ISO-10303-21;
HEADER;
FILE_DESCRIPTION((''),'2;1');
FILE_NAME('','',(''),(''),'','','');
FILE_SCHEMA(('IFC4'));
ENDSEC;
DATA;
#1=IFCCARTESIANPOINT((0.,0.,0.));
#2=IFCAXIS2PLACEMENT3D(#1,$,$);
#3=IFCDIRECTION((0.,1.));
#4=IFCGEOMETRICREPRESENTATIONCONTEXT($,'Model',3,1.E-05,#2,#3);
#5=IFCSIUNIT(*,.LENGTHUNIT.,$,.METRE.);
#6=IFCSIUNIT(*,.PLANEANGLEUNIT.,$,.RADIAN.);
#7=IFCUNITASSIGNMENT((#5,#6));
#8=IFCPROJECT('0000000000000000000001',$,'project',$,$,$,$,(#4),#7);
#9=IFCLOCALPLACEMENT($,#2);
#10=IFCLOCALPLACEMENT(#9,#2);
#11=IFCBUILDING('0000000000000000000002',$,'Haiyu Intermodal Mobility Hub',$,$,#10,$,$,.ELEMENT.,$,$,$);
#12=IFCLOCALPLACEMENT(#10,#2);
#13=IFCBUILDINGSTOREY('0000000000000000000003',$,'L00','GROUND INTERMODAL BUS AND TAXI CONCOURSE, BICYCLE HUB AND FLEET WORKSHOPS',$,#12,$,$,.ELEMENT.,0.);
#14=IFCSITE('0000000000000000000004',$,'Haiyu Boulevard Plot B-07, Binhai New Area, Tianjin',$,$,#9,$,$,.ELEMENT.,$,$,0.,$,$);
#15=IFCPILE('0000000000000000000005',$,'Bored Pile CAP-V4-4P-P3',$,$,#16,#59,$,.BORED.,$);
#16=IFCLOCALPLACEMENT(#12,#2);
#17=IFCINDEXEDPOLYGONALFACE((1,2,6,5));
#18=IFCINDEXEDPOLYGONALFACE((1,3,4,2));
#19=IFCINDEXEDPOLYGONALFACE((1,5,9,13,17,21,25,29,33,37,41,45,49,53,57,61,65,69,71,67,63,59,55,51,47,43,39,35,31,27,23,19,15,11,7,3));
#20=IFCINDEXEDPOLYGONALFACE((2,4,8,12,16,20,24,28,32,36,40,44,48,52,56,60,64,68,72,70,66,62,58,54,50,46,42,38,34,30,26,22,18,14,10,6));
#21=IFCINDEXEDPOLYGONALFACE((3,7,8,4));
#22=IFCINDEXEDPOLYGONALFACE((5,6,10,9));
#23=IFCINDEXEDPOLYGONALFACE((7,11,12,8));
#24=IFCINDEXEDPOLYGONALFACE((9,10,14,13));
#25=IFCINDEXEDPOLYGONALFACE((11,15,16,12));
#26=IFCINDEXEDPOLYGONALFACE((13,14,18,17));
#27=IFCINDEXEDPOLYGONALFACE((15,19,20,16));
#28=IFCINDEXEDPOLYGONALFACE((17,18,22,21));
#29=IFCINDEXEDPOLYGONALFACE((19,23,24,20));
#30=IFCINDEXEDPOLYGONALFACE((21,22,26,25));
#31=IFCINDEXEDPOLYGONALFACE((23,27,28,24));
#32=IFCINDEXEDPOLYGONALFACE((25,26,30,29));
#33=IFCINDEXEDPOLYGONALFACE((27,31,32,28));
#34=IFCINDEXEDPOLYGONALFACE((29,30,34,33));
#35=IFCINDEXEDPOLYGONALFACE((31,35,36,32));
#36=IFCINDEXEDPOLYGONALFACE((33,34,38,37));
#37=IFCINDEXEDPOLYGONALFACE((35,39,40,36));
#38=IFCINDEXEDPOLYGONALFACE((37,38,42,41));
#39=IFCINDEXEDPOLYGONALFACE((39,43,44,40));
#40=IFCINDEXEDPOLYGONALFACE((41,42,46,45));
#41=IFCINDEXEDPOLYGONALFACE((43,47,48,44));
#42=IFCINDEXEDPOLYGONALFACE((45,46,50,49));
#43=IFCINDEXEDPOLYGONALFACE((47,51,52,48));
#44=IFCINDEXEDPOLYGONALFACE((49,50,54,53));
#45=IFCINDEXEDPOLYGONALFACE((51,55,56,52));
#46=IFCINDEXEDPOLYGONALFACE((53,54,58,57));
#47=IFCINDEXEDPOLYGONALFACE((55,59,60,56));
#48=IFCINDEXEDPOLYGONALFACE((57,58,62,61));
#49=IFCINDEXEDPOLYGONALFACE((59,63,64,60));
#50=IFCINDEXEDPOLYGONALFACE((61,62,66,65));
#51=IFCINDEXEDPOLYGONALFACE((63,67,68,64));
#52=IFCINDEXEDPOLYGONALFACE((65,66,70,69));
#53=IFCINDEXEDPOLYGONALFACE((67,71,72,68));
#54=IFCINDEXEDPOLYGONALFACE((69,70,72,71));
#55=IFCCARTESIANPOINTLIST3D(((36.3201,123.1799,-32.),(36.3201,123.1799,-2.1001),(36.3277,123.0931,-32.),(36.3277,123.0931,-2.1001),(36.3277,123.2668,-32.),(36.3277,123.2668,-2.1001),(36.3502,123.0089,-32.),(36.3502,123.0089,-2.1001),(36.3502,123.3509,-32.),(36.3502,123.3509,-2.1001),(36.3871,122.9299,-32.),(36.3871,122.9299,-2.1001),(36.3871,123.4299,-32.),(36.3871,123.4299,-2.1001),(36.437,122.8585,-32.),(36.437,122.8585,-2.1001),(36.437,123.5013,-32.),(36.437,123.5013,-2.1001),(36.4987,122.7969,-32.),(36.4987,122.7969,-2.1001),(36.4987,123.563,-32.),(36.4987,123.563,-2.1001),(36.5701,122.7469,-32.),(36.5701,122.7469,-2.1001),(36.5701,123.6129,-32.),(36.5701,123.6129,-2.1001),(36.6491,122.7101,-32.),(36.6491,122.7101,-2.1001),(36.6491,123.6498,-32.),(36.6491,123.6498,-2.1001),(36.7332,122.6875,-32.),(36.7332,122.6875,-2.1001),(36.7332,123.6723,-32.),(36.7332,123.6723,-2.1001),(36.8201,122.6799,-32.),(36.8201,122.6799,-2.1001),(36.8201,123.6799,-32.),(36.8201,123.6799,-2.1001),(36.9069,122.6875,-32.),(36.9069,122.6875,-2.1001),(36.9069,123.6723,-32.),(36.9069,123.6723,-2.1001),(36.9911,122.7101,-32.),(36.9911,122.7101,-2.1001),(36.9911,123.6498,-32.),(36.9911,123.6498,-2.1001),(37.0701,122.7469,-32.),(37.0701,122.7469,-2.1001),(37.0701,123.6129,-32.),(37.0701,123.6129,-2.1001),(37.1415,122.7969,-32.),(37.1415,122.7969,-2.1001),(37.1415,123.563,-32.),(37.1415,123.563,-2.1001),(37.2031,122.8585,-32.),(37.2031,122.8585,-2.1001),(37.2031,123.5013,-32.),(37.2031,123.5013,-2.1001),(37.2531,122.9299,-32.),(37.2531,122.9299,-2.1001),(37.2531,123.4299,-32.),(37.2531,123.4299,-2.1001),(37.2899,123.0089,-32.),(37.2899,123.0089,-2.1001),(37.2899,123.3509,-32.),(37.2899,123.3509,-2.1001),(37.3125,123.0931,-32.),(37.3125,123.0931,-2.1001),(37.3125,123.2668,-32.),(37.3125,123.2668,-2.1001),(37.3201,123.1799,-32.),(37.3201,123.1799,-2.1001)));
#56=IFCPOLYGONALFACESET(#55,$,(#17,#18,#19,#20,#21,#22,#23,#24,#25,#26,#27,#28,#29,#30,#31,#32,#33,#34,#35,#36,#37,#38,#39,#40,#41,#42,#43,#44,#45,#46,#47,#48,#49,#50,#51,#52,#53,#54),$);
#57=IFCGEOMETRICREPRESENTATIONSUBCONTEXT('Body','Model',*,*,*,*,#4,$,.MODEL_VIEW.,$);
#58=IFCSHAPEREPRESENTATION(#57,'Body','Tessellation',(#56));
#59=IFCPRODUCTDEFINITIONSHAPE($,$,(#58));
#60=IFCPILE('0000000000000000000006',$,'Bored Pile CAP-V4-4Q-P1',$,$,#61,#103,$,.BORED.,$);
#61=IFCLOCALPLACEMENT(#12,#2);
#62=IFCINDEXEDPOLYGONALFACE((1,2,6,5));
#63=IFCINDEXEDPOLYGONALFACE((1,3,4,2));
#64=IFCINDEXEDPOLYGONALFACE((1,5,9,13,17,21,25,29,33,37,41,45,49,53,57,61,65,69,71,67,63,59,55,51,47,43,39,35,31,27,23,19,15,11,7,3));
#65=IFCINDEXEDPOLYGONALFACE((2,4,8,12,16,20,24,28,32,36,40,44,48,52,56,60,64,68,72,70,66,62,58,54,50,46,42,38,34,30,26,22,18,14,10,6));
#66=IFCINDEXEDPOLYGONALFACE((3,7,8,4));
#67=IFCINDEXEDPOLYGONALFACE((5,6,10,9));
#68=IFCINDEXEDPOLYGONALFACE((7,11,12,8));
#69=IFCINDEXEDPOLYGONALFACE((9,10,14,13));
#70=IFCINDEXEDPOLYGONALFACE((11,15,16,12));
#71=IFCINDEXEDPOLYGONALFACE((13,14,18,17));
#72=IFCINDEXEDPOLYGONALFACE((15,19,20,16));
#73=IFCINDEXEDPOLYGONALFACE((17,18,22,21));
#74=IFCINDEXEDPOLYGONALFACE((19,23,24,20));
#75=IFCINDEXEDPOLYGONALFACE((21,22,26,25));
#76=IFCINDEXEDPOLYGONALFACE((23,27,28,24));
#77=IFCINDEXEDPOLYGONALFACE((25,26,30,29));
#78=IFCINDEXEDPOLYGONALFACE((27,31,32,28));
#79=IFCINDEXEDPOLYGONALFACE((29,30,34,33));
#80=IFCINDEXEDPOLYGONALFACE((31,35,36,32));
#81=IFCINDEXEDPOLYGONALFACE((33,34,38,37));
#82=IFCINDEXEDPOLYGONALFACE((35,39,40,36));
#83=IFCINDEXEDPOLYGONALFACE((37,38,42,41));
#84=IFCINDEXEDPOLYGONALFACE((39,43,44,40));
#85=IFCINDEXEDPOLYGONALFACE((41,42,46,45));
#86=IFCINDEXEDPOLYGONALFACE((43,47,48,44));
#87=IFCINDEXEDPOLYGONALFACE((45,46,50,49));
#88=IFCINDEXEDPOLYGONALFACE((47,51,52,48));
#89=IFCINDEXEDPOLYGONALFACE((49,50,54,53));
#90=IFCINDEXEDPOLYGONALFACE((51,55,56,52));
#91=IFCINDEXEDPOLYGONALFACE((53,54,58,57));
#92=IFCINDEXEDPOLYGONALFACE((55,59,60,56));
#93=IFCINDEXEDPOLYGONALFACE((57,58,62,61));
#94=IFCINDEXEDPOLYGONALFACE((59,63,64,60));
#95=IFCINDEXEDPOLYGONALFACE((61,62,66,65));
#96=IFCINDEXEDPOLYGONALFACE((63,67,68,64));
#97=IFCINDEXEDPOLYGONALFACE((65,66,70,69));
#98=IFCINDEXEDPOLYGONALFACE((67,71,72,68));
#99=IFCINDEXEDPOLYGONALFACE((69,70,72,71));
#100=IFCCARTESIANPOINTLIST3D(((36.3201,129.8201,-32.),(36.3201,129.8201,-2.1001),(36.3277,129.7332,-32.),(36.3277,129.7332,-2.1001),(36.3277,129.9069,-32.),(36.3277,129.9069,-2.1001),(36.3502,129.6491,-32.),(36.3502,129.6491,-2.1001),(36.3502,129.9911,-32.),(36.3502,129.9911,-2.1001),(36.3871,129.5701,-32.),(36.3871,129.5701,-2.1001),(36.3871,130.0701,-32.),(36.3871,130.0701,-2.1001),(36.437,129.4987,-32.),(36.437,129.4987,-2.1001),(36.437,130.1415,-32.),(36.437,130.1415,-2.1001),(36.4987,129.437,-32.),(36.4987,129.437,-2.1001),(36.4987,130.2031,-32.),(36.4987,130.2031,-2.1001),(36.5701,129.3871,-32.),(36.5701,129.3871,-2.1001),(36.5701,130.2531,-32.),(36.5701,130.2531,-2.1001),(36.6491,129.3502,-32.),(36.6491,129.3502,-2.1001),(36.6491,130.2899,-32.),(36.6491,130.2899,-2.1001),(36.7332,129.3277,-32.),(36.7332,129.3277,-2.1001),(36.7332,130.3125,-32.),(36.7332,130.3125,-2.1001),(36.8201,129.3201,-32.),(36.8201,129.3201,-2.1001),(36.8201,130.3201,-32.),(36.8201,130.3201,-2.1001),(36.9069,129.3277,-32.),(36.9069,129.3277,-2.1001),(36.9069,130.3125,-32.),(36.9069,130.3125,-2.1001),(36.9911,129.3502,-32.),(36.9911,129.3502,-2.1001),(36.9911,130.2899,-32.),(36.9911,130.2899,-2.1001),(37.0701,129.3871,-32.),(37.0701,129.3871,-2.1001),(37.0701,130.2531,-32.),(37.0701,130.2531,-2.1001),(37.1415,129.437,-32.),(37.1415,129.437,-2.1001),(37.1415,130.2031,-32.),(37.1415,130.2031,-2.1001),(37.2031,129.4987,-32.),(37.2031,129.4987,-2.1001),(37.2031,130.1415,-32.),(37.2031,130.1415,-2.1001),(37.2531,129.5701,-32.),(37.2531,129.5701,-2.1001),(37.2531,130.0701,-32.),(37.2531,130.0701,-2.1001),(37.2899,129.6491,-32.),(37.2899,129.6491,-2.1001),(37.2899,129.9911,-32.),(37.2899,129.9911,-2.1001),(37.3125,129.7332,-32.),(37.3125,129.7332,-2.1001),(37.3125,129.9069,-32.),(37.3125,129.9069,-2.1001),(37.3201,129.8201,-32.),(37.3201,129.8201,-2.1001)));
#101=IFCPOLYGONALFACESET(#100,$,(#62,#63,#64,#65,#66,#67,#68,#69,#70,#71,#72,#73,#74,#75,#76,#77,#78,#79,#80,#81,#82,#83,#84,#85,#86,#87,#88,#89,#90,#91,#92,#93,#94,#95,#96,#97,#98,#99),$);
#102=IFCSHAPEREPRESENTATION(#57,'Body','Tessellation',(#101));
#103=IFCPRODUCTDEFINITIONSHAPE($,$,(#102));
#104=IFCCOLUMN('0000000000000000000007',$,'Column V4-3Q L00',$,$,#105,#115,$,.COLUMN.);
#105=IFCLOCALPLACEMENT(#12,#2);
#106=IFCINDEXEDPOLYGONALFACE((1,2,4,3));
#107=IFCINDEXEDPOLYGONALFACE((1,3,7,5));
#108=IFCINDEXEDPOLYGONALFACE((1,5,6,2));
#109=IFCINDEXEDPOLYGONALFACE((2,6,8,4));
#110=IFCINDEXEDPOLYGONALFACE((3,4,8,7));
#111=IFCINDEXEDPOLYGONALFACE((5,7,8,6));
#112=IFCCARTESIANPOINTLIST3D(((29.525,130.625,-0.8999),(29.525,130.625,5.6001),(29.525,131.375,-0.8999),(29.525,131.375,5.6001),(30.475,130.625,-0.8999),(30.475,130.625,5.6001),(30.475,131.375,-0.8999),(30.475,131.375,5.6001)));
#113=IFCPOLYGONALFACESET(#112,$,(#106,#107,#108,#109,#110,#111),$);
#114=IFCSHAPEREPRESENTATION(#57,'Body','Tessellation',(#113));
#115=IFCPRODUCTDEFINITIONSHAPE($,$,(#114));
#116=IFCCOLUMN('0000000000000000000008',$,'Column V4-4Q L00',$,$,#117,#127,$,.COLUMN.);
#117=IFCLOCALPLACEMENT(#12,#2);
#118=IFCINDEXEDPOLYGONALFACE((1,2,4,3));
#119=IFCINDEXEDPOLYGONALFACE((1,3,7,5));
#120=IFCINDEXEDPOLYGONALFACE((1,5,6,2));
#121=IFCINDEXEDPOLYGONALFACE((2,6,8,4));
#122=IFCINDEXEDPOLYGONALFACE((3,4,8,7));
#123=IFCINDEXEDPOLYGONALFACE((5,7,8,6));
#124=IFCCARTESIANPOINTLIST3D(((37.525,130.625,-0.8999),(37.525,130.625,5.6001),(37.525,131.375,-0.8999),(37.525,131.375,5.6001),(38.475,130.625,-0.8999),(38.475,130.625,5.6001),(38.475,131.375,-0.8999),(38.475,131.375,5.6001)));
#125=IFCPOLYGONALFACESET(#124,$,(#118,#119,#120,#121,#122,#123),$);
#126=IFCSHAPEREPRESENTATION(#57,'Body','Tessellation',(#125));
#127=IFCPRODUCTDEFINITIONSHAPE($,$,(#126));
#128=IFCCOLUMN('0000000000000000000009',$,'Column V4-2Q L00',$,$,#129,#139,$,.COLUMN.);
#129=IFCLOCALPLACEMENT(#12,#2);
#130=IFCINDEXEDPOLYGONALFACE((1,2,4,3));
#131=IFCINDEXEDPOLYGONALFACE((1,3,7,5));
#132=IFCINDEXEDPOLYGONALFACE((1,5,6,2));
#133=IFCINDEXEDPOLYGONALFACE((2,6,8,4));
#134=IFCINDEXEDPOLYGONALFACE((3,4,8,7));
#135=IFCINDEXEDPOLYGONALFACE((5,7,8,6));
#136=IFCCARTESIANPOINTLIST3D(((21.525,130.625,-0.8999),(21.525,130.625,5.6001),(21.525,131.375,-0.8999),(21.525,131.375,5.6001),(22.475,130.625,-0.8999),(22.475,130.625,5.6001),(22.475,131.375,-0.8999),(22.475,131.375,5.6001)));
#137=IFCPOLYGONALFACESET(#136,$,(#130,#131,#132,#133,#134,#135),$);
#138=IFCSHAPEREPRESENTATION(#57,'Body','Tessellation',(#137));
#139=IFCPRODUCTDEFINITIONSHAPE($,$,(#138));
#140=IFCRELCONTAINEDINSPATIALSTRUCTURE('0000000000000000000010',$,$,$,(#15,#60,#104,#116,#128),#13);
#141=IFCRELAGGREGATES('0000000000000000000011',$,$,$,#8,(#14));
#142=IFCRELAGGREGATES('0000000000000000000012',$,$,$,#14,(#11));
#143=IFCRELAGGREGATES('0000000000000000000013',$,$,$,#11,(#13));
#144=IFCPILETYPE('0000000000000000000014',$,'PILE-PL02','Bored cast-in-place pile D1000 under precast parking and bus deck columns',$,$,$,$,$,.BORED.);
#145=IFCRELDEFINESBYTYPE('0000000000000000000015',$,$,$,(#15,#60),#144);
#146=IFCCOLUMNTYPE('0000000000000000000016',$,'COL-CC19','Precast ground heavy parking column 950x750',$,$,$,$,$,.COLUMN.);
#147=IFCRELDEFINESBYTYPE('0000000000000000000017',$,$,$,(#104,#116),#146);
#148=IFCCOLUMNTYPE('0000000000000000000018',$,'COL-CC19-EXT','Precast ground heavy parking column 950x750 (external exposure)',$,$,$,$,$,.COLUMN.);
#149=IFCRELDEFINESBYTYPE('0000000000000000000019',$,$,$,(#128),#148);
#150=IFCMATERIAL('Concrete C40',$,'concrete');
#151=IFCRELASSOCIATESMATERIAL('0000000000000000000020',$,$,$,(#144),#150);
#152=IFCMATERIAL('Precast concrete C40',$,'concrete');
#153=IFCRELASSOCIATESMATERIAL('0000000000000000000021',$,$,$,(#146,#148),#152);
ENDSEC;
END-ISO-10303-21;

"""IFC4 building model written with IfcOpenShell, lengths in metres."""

from ifc_helpers import new_model, si_unit, direction, frame, origin, origin_2d, place, context, subcontext, project, spatial, rectangle, circle, extrude, material, material_profile, profile_set, type_object, element, save


model = new_model("IFC4")

# Units and contexts
model_context = context("Model", 3, precision=1e-05, world=origin(), true_north=direction((0.0, 1.0)))
body_context = subcontext(model_context, "Body", "Model", "MODEL_VIEW")
ifc_project = project(units=[si_unit("LENGTHUNIT", "METRE"), si_unit("PLANEANGLEUNIT", "RADIAN")], contexts=[model_context])

# Site, building, storey
site_placement = place(None, origin())
site = spatial("IfcSite", under=ifc_project, at=site_placement, Name="Haiyu Boulevard Plot B-07, Binhai New Area, Tianjin", CompositionType="ELEMENT", RefElevation=0.0)
building_placement = place(site_placement, origin())
building = spatial("IfcBuilding", under=site, at=building_placement, Name="Haiyu Intermodal Mobility Hub", CompositionType="ELEMENT")
storey_placement = place(building_placement, origin())
storey = spatial("IfcBuildingStorey", under=building, at=storey_placement, Name="L00", Description="GROUND INTERMODAL BUS AND TAXI CONCOURSE, BICYCLE HUB AND FLEET WORKSHOPS", CompositionType="ELEMENT", Elevation=0.0)

# Shared definitions
ifc_material_1 = material(Name="Concrete C40", Category="concrete")

# Piles
ifc_material_profile_1 = material_profile(ifc_material_1, circle(Radius=0.5, at=origin_2d()), Name="PILE-D1000")
ifc_profile_set_1 = profile_set([ifc_material_profile_1], Name="Concrete C40")
pile_type = type_object("IfcPileType", Name="PILE-PL02", Description="Bored cast-in-place pile D1000 under precast parking and bus deck columns", PredefinedType="BORED", material=ifc_profile_set_1)
for number, where, z_axis, x_axis, name in (
    (1, (36.8201, 123.1799, -2.1001), (0.0, 0.0, -1.0), (1.0, 0.0, 0.0), "Bored Pile CAP-V4-4P-P3"),
    (2, (36.8201, 129.8201, -2.1001), (0.0, 0.0, -1.0), (1.0, 0.0, 0.0), "Bored Pile CAP-V4-4Q-P1"),
):
    element("IfcPile", number, at=place(storey_placement, frame(where, z_axis=z_axis, x_axis=x_axis)), inside=storey, type_object=pile_type, Name=name, PredefinedType="BORED", context=body_context, shape_type="SweptSolid", body=[
        extrude(circle(Radius=0.5, at=origin_2d()), origin(), (0.0, 0.0, 1.0), 29.8999),
    ])

# Columns
ifc_material_2 = material(Name="Precast concrete C40", Category="concrete")
ifc_material_profile_2 = material_profile(ifc_material_2, rectangle(XDim=0.95, YDim=0.75, at=origin_2d()), Name="C950x750")
ifc_profile_set_2 = profile_set([ifc_material_profile_2], Name="Precast concrete C40")
column_type_1 = type_object("IfcColumnType", Name="COL-CC19", Description="Precast ground heavy parking column 950x750", PredefinedType="COLUMN", material=ifc_profile_set_2)
for number, where, z_axis, x_axis, name in (
    (3, (30.0, 131.0, -0.8999), (0.0, 0.0, 1.0), (1.0, 0.0, 0.0), "Column V4-3Q L00"),
    (4, (38.0, 131.0, -0.8999), (0.0, 0.0, 1.0), (1.0, 0.0, 0.0), "Column V4-4Q L00"),
):
    element("IfcColumn", number, at=place(storey_placement, frame(where, z_axis=z_axis, x_axis=x_axis)), inside=storey, type_object=column_type_1, Name=name, PredefinedType="COLUMN", context=body_context, shape_type="SweptSolid", body=[
        extrude(rectangle(XDim=0.95, YDim=0.75, at=origin_2d()), origin(), (0.0, 0.0, 1.0), 6.5),
    ])
ifc_material_profile_3 = material_profile(ifc_material_2, rectangle(XDim=0.95, YDim=0.75, at=origin_2d()), Name="C950x750")
ifc_profile_set_3 = profile_set([ifc_material_profile_3], Name="Precast concrete C40")
column_type_2 = type_object("IfcColumnType", Name="COL-CC19-EXT", Description="Precast ground heavy parking column 950x750 (external exposure)", PredefinedType="COLUMN", material=ifc_profile_set_3)
column_placement = place(storey_placement, frame((22.0, 131.0, -0.8999), z_axis=(0.0, 0.0, 1.0), x_axis=(1.0, 0.0, 0.0)))
element("IfcColumn", 5, at=column_placement, inside=storey, type_object=column_type_2, Name="Column V4-2Q L00", PredefinedType="COLUMN", context=body_context, shape_type="SweptSolid", body=[
    extrude(rectangle(XDim=0.95, YDim=0.75, at=origin_2d()), origin(), (0.0, 0.0, 1.0), 6.5),
])

save(model, "model.ifc")
